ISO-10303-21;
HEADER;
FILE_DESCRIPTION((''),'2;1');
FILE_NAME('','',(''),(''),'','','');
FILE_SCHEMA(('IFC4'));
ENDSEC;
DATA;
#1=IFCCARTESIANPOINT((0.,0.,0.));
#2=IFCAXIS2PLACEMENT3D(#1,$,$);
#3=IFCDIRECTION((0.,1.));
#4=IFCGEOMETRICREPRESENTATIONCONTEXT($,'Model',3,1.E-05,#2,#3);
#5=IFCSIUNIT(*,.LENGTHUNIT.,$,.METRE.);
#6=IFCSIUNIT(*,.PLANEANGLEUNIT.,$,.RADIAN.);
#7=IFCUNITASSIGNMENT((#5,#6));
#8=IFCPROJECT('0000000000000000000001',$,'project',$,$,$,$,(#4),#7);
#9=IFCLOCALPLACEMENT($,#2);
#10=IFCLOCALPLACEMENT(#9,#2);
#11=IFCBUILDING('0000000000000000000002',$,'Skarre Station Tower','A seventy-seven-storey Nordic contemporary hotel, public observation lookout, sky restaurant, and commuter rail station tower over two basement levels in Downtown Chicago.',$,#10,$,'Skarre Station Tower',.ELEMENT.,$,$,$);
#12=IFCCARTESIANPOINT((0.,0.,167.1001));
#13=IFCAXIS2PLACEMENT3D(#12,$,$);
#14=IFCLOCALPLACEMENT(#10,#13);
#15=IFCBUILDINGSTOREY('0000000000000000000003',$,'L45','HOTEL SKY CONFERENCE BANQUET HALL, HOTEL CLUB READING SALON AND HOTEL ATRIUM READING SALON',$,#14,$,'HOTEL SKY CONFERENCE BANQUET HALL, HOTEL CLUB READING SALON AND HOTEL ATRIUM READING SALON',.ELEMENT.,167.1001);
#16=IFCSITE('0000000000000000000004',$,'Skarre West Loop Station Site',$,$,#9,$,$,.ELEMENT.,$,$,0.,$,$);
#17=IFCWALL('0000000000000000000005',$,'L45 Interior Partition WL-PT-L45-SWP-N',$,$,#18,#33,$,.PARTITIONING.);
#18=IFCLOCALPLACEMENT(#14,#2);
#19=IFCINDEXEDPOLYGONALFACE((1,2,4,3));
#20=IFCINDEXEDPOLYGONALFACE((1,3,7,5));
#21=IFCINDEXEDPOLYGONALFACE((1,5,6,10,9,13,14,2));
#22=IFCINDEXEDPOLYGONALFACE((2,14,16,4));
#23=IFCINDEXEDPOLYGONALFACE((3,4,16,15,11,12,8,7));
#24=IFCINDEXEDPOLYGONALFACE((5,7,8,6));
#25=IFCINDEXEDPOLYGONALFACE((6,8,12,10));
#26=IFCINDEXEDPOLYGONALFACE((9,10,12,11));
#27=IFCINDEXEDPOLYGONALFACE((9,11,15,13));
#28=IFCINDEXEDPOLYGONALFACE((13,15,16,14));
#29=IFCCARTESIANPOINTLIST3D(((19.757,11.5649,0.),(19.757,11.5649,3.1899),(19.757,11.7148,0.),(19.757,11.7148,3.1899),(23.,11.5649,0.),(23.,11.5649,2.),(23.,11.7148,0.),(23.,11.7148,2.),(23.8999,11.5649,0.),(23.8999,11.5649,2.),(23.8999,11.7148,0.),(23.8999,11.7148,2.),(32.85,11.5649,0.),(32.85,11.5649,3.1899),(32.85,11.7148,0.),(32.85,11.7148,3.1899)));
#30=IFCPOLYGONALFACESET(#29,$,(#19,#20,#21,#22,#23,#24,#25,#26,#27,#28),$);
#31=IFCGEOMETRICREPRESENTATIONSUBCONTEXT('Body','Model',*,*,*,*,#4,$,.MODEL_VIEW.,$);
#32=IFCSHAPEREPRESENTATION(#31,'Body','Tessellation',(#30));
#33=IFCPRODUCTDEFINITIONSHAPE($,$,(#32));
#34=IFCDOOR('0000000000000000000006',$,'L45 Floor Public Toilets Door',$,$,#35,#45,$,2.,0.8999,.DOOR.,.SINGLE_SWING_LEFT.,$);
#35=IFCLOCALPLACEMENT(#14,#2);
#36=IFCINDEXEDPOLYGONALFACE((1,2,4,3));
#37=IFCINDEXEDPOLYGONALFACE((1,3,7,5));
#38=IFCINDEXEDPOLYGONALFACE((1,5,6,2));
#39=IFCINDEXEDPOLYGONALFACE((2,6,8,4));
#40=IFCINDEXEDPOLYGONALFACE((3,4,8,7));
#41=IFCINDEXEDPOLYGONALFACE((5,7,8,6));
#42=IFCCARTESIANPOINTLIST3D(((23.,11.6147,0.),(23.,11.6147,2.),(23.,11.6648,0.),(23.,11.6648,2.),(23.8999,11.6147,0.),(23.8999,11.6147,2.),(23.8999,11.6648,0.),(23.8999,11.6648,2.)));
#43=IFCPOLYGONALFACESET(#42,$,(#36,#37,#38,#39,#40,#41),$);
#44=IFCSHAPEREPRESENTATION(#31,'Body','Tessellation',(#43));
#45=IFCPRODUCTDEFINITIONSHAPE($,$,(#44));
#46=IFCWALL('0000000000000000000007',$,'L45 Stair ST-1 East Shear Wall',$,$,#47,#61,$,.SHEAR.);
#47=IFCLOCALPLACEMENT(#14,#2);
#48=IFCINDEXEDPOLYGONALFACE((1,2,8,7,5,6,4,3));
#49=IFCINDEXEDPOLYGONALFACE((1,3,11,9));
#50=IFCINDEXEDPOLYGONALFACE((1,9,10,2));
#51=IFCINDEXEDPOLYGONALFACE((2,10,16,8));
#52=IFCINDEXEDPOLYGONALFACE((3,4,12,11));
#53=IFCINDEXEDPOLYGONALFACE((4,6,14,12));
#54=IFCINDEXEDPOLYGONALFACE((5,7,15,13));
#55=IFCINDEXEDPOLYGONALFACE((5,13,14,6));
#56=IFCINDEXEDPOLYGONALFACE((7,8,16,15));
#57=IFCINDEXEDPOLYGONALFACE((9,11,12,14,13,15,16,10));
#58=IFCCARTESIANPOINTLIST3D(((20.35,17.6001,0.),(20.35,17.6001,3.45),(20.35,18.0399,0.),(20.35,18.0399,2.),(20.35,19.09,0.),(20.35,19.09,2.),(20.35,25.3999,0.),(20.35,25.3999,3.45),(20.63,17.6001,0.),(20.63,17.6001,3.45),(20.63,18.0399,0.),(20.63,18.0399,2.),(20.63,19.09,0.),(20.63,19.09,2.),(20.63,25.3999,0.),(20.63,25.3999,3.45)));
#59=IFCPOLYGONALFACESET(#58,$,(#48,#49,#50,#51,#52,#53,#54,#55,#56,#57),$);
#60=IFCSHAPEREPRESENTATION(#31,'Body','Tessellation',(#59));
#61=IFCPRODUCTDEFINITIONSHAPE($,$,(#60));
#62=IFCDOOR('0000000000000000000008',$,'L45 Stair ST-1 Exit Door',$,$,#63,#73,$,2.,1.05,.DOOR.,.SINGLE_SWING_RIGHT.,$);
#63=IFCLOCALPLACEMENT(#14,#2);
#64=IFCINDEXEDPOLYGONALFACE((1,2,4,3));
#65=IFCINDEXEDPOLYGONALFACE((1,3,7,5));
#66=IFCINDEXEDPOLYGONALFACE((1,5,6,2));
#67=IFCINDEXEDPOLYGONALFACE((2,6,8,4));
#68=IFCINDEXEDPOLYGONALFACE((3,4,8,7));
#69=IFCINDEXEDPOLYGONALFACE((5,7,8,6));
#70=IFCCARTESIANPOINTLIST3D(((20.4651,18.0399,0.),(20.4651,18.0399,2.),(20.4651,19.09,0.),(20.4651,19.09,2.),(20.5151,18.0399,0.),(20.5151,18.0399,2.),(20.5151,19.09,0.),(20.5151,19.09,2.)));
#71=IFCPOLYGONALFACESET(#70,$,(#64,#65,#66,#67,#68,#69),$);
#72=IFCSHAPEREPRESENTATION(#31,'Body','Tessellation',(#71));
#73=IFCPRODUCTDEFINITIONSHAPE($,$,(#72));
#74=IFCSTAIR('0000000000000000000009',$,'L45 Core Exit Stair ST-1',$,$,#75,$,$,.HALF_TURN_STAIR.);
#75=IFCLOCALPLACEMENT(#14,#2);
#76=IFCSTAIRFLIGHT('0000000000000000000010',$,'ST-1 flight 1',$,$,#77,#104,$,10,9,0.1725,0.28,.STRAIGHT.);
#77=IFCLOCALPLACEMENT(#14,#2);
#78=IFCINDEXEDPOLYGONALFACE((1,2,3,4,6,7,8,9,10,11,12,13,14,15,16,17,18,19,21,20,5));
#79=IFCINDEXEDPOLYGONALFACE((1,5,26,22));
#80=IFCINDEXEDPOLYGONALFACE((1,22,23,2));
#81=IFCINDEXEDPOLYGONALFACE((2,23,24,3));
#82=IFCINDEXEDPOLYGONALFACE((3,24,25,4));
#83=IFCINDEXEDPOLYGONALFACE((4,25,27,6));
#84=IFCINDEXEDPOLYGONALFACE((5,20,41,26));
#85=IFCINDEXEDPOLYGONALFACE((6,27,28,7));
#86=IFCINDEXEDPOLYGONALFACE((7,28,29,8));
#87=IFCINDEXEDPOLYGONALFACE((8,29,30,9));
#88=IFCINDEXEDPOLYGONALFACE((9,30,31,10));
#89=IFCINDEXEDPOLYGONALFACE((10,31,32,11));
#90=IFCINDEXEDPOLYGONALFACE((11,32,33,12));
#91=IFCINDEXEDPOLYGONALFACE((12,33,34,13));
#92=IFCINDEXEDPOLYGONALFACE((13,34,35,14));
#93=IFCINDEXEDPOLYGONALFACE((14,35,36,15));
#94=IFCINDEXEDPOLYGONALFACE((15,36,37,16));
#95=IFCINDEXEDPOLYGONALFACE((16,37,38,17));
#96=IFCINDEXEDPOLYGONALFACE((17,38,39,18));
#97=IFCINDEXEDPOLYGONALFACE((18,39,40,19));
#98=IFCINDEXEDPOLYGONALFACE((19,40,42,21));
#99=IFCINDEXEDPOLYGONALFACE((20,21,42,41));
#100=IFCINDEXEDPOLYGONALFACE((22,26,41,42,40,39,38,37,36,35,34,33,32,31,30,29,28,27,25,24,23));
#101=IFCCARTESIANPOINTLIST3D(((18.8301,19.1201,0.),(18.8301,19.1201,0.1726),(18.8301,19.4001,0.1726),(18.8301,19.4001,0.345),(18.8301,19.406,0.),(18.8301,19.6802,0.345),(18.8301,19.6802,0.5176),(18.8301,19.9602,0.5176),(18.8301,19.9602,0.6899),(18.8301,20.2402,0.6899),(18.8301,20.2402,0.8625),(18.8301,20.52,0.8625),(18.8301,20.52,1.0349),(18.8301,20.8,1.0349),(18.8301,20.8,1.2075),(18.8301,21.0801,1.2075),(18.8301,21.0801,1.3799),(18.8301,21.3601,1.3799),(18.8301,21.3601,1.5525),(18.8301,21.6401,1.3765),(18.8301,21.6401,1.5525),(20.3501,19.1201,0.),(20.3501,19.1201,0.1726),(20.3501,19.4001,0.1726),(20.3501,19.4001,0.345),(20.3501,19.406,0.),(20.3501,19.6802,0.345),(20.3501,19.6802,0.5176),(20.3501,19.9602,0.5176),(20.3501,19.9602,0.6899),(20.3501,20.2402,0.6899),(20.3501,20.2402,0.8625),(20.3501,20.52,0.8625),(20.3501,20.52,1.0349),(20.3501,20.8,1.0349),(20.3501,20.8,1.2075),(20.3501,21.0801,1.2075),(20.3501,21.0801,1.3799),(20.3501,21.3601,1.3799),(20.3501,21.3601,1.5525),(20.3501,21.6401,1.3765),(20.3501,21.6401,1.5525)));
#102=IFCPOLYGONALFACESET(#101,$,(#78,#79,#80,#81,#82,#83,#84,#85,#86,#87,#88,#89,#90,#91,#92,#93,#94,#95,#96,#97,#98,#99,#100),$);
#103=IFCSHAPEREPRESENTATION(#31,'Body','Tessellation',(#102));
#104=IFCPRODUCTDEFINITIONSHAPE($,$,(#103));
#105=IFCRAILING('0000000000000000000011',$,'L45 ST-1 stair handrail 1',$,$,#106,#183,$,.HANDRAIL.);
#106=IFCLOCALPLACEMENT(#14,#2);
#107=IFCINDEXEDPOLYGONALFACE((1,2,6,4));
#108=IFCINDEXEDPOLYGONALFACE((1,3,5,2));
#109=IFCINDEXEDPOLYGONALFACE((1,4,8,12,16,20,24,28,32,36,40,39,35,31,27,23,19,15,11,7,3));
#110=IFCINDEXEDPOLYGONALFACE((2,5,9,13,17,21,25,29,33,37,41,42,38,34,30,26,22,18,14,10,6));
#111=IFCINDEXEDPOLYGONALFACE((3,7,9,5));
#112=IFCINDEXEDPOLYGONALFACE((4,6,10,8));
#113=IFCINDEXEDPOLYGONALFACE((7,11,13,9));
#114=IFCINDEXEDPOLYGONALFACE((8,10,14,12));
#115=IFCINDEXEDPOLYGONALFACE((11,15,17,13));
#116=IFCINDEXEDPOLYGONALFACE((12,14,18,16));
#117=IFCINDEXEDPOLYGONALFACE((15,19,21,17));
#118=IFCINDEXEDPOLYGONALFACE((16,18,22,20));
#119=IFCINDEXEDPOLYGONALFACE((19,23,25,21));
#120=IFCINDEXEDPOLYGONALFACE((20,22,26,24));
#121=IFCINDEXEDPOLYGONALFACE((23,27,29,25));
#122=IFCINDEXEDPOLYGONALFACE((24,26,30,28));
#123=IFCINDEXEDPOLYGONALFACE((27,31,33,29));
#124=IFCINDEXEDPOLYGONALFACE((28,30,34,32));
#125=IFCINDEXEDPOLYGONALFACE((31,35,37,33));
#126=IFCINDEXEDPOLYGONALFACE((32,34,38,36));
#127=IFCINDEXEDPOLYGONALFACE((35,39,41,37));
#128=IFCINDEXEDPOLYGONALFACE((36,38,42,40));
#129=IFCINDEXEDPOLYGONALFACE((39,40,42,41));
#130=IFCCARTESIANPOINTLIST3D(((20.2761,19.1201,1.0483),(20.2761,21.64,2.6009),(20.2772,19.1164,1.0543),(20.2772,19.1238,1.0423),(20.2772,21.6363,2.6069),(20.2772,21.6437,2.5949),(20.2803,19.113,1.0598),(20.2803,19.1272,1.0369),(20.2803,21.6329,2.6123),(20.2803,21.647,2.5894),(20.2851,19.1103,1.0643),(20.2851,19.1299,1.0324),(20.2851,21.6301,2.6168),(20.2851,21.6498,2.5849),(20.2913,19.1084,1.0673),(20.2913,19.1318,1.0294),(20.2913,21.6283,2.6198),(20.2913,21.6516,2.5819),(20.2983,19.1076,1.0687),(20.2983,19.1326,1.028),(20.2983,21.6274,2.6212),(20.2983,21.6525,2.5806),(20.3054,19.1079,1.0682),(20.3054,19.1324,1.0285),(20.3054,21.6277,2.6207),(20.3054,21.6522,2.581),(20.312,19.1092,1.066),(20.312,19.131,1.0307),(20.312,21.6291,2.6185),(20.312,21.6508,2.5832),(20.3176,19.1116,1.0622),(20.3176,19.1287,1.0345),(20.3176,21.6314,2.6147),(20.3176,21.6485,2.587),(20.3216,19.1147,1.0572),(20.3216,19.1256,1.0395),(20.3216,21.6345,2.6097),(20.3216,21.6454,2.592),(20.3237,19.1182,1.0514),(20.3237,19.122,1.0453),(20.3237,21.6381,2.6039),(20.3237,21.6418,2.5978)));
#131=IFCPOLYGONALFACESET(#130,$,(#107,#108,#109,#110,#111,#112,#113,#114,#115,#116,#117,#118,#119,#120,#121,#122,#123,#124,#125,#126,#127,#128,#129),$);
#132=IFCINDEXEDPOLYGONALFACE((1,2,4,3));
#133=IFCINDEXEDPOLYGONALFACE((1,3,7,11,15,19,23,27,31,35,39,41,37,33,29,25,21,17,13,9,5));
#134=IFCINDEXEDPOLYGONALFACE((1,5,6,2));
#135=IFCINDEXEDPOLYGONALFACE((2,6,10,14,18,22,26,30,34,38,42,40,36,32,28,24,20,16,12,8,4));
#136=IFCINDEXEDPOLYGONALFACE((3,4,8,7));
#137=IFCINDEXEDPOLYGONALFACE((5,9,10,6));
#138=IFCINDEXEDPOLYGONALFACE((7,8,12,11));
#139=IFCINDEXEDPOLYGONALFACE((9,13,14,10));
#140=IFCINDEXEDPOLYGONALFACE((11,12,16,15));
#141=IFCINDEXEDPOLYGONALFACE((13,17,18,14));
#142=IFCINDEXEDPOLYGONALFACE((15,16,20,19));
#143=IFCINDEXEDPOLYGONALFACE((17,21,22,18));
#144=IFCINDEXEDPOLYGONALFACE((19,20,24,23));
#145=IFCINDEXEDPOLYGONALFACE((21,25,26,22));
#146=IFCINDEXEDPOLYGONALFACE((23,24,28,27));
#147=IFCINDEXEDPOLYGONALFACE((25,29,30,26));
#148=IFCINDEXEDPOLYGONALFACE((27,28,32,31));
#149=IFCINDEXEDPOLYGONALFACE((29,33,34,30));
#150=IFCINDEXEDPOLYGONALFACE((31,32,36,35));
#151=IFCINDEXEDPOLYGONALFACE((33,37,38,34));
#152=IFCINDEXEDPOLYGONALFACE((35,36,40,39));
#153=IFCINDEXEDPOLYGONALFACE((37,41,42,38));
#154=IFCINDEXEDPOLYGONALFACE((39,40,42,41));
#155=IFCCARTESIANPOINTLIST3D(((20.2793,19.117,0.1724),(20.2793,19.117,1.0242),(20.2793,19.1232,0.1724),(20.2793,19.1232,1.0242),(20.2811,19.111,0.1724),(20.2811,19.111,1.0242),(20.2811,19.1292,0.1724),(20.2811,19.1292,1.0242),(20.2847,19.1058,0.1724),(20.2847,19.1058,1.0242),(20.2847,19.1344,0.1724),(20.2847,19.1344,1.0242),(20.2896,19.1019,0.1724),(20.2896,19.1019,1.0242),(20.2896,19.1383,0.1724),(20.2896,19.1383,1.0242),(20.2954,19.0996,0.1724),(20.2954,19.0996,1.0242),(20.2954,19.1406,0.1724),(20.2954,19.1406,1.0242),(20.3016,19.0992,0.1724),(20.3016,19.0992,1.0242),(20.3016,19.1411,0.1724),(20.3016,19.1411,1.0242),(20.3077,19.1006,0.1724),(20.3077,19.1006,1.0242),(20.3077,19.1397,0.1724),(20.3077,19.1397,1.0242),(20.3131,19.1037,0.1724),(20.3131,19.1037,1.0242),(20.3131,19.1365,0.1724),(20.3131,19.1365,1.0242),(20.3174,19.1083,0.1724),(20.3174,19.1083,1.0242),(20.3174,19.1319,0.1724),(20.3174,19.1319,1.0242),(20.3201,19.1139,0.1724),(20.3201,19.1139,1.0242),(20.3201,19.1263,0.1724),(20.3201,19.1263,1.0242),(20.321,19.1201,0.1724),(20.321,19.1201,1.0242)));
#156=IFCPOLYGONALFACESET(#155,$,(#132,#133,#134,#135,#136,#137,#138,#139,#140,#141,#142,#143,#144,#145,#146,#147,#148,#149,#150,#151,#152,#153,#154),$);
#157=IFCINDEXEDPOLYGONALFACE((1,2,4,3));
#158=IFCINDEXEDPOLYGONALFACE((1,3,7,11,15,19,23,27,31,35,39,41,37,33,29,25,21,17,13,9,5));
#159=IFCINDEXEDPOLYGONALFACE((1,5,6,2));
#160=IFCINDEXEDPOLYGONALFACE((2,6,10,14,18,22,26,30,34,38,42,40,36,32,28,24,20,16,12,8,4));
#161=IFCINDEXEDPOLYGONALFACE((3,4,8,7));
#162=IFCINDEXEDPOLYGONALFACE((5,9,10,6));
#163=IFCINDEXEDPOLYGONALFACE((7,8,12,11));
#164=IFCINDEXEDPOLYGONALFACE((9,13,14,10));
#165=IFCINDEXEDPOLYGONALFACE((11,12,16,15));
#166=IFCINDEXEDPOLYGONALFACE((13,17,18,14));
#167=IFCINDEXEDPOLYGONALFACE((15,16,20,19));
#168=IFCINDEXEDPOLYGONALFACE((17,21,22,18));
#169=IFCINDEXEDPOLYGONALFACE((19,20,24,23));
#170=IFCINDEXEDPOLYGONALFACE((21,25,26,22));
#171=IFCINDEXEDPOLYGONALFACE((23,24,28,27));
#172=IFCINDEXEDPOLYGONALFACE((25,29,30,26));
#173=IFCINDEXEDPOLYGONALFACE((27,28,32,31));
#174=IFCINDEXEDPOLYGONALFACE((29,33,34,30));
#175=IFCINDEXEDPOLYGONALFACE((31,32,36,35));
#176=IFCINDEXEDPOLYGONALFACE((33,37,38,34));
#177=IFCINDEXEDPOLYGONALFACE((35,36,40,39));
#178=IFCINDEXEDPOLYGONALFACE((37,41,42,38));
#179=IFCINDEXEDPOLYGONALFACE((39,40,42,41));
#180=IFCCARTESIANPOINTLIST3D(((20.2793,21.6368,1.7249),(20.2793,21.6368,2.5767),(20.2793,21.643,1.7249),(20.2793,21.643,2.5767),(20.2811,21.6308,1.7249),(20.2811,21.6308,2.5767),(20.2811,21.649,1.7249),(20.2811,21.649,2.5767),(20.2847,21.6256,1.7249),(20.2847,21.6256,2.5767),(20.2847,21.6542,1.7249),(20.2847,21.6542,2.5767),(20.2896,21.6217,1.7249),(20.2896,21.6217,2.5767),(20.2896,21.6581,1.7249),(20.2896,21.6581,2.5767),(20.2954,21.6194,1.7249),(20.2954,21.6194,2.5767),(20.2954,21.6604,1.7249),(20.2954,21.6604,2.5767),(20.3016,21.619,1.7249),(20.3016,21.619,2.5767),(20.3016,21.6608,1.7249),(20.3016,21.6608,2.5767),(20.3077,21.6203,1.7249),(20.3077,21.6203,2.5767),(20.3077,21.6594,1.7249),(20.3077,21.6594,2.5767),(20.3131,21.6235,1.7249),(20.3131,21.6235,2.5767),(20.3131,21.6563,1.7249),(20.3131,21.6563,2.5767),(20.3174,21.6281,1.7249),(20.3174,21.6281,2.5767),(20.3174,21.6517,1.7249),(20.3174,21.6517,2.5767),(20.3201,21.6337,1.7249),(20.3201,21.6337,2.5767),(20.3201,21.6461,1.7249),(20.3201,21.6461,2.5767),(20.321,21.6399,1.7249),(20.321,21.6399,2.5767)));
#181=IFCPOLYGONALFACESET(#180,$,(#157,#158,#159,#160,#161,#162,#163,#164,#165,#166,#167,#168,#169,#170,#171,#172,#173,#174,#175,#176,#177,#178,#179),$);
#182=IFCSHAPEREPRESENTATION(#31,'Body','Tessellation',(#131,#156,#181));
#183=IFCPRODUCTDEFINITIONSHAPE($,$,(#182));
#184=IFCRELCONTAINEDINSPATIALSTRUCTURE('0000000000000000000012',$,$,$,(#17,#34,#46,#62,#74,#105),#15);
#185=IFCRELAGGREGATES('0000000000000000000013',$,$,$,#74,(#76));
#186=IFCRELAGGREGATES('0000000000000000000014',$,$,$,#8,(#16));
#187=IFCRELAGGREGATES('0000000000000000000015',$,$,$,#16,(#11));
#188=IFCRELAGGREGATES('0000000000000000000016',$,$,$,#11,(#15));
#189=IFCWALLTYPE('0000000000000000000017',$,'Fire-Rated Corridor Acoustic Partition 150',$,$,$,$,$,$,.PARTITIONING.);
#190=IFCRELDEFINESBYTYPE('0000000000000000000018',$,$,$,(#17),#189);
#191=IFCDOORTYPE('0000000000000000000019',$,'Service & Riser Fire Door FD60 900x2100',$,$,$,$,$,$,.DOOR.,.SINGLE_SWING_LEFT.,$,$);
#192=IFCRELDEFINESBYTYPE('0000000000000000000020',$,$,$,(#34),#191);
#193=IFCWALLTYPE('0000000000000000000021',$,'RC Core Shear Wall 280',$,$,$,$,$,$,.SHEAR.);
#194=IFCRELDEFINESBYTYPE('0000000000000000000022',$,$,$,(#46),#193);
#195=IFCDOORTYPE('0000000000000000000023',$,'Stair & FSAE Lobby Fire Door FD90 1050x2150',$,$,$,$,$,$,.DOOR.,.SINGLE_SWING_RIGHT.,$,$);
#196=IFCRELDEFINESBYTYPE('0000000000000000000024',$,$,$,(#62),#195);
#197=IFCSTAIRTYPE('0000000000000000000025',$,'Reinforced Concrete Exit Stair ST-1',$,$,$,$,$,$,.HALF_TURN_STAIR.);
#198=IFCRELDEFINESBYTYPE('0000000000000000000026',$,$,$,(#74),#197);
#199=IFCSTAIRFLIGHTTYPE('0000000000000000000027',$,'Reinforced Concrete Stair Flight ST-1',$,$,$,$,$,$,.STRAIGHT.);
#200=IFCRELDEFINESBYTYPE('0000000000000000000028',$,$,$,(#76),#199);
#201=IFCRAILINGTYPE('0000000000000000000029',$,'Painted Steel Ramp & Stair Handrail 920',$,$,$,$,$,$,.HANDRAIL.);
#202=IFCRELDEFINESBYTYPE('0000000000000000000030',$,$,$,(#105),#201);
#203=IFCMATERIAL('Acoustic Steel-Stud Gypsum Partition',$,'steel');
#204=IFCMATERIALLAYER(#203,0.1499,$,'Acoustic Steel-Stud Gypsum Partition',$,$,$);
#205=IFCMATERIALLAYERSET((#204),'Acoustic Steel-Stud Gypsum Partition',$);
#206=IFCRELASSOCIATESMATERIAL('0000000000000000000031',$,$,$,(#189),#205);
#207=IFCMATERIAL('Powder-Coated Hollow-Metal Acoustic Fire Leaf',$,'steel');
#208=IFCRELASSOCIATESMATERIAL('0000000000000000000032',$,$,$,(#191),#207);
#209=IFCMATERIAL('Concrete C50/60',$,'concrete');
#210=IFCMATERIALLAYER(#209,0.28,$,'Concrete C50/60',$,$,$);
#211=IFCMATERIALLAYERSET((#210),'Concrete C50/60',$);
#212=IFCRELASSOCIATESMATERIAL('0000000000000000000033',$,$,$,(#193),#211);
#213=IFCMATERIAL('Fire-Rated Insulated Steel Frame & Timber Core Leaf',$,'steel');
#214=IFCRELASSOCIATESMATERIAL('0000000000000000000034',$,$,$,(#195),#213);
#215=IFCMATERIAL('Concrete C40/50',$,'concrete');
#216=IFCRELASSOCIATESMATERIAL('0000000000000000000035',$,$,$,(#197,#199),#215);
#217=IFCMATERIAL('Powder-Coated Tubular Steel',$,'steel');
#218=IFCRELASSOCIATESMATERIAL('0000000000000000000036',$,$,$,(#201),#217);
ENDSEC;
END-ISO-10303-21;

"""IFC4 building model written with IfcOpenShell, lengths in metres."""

from ifc_helpers import new_model, si_unit, direction, frame, frame_2d, origin, origin_2d, place, context, subcontext, project, spatial, polyline, rectangle, circle, outline, extrude, material, layer, layer_set, type_object, element, fill, aggregate, save


model = new_model("IFC4")

# Units and contexts
model_context = context("Model", 3, precision=1e-05, world=origin(), true_north=direction((0.0, 1.0)))
body_context = subcontext(model_context, "Body", "Model", "MODEL_VIEW")
ifc_project = project(units=[si_unit("LENGTHUNIT", "METRE"), si_unit("PLANEANGLEUNIT", "RADIAN")], contexts=[model_context])

# Site, building, storey
site_placement = place(None, origin())
site = spatial("IfcSite", under=ifc_project, at=site_placement, Name="Skarre West Loop Station Site", CompositionType="ELEMENT", RefElevation=0.0)
building_placement = place(site_placement, origin())
building = spatial("IfcBuilding", under=site, at=building_placement, Name="Skarre Station Tower", Description="A seventy-seven-storey Nordic contemporary hotel, public observation lookout, sky restaurant, and commuter rail station tower over two basement levels in Downtown Chicago.", LongName="Skarre Station Tower", CompositionType="ELEMENT")
storey_placement = place(building_placement, frame((0.0, 0.0, 167.1001)))
storey = spatial("IfcBuildingStorey", under=building, at=storey_placement, Name="L45", Description="HOTEL SKY CONFERENCE BANQUET HALL, HOTEL CLUB READING SALON AND HOTEL ATRIUM READING SALON", LongName="HOTEL SKY CONFERENCE BANQUET HALL, HOTEL CLUB READING SALON AND HOTEL ATRIUM READING SALON", CompositionType="ELEMENT", Elevation=167.1001)

# Shared definitions
ifc_material_1 = material(Name="Acoustic Steel-Stud Gypsum Partition", Category="steel")
ifc_layer_1 = layer(ifc_material_1, 0.1499, Name="Acoustic Steel-Stud Gypsum Partition")
ifc_layer_set_1 = layer_set([ifc_layer_1], Name="Acoustic Steel-Stud Gypsum Partition")
wall_type_1 = type_object("IfcWallType", Name="Fire-Rated Corridor Acoustic Partition 150", PredefinedType="PARTITIONING", material=ifc_layer_set_1)

# Shared definitions
ifc_material_2 = material(Name="Powder-Coated Hollow-Metal Acoustic Fire Leaf", Category="steel")

# Walls, openings, doors
wall_1_placement = place(storey_placement, frame((19.7571, 11.6399, 0.0), z_axis=(0.0, 0.0, 1.0), x_axis=(1.0, 0.0, 0.0)))
wall_1 = element("IfcWall", 1, at=wall_1_placement, inside=storey, type_object=wall_type_1, Name="L45 Interior Partition WL-PT-L45-SWP-N", PredefinedType="PARTITIONING", context=body_context, shape_type="SweptSolid", body=[
    extrude(rectangle(XDim=13.093, YDim=0.1499, at=frame_2d((6.5464, 0.0))), origin(), (0.0, 0.0, 1.0), 3.1899),
])
opening_1_placement = place(wall_1_placement, frame((3.2429, 0.0, 0.0)))
opening_1 = element("IfcOpeningElement", 2, at=opening_1_placement, cuts=wall_1, PredefinedType="OPENING", context=body_context, shape_type="SweptSolid", body=[
    extrude(rectangle(XDim=0.8999, YDim=2.0, at=frame_2d((0.45, 1.0))), frame((0.0, 0.085, 0.0), z_axis=(0.0, -1.0, 0.0), x_axis=(1.0, 0.0, 0.0)), (0.0, 0.0, 1.0), 0.1699),
])
door_type_1 = type_object("IfcDoorType", Name="Service & Riser Fire Door FD60 900x2100", OperationType="SINGLE_SWING_LEFT", PredefinedType="DOOR", material=ifc_material_2)
door_1_placement = place(opening_1_placement, origin())
door_1 = element("IfcDoor", 3, at=door_1_placement, inside=storey, type_object=door_type_1, Name="L45 Floor Public Toilets Door", OperationType="SINGLE_SWING_LEFT", OverallHeight=2.0, OverallWidth=0.8999, PredefinedType="DOOR", context=body_context, shape_type="SweptSolid", body=[
    extrude(rectangle(XDim=0.8999, YDim=2.0, at=frame_2d((0.45, 1.0))), frame((0.0, 0.0249, 0.0), z_axis=(0.0, -1.0, 0.0), x_axis=(1.0, 0.0, 0.0)), (0.0, 0.0, 1.0), 0.05),
])
fill(opening_1, door_1)
ifc_material_3 = material(Name="Concrete C50/60", Category="concrete")
ifc_layer_2 = layer(ifc_material_3, 0.28, Name="Concrete C50/60")
ifc_layer_set_2 = layer_set([ifc_layer_2], Name="Concrete C50/60")
wall_type_2 = type_object("IfcWallType", Name="RC Core Shear Wall 280", PredefinedType="SHEAR", material=ifc_layer_set_2)
wall_2_placement = place(storey_placement, frame((20.49, 17.6001, 0.0), z_axis=(0.0, 0.0, 1.0), x_axis=(0.0, 1.0, 0.0)))
wall_2 = element("IfcWall", 4, at=wall_2_placement, inside=storey, type_object=wall_type_2, Name="L45 Stair ST-1 East Shear Wall", PredefinedType="SHEAR", context=body_context, shape_type="SweptSolid", body=[
    extrude(rectangle(XDim=7.7998, YDim=0.28, at=frame_2d((3.8999, 0.0))), origin(), (0.0, 0.0, 1.0), 3.45),
])
opening_2_placement = place(wall_2_placement, frame((0.4399, 0.0, 0.0)))
opening_2 = element("IfcOpeningElement", 5, at=opening_2_placement, cuts=wall_2, PredefinedType="OPENING", context=body_context, shape_type="SweptSolid", body=[
    extrude(rectangle(XDim=1.05, YDim=2.0, at=frame_2d((0.5249, 1.0))), frame((0.0, 0.1499, 0.0), z_axis=(0.0, -1.0, 0.0), x_axis=(1.0, 0.0, 0.0)), (0.0, 0.0, 1.0), 0.3),
])
ifc_material_4 = material(Name="Fire-Rated Insulated Steel Frame & Timber Core Leaf", Category="steel")
door_type_2 = type_object("IfcDoorType", Name="Stair & FSAE Lobby Fire Door FD90 1050x2150", OperationType="SINGLE_SWING_RIGHT", PredefinedType="DOOR", material=ifc_material_4)
door_2_placement = place(opening_2_placement, origin())
door_2 = element("IfcDoor", 6, at=door_2_placement, inside=storey, type_object=door_type_2, Name="L45 Stair ST-1 Exit Door", OperationType="SINGLE_SWING_RIGHT", OverallHeight=2.0, OverallWidth=1.05, PredefinedType="DOOR", context=body_context, shape_type="SweptSolid", body=[
    extrude(rectangle(XDim=1.05, YDim=2.0, at=frame_2d((0.5249, 1.0))), frame((0.0, 0.0249, 0.0), z_axis=(0.0, -1.0, 0.0), x_axis=(1.0, 0.0, 0.0)), (0.0, 0.0, 1.0), 0.05),
])
fill(opening_2, door_2)

# Stair, stair flight
ifc_material_5 = material(Name="Concrete C40/50", Category="concrete")
stair_type = type_object("IfcStairType", Name="Reinforced Concrete Exit Stair ST-1", PredefinedType="HALF_TURN_STAIR", material=ifc_material_5)
stair_placement = place(storey_placement, origin())
stair = element("IfcStair", 7, at=stair_placement, inside=storey, type_object=stair_type, Name="L45 Core Exit Stair ST-1", PredefinedType="HALF_TURN_STAIR")
stair_flight_type = type_object("IfcStairFlightType", Name="Reinforced Concrete Stair Flight ST-1", PredefinedType="STRAIGHT", material=ifc_material_5)
stair_flight_placement = place(storey_placement, frame((19.5901, 19.1201, 0.0), z_axis=(0.0, 0.0, 1.0), x_axis=(0.0, 1.0, 0.0)))
stair_flight = element("IfcStairFlight", 8, at=stair_flight_placement, type_object=stair_flight_type, Name="ST-1 flight 1", NumberOfRisers=10, NumberOfTreads=9, PredefinedType="STRAIGHT", RiserHeight=0.1725, TreadLength=0.28, context=body_context, shape_type="SweptSolid", body=[
    extrude(outline(polyline([(0.0, 0.0), (0.0, 0.1726), (0.28, 0.1726), (0.28, 0.345), (0.5601, 0.345), (0.5601, 0.5176), (0.8401, 0.5176), (0.8401, 0.6899), (1.1201, 0.6899), (1.1201, 0.8625), (1.3999, 0.8625), (1.3999, 1.0349), (1.6799, 1.0349), (1.6799, 1.2075), (1.96, 1.2075), (1.96, 1.3799), (2.24, 1.3799), (2.24, 1.5525), (2.52, 1.5525), (2.52, 1.7251), (2.52, 1.3765), (0.2859, 0.0), (0.0, 0.0)])), frame((0.0, 0.76, 0.0), z_axis=(0.0, -1.0, 0.0), x_axis=(1.0, 0.0, 0.0)), (0.0, 0.0, 1.0), 1.52),
])
aggregate(stair, [stair_flight])

# Railing
ifc_material_6 = material(Name="Powder-Coated Tubular Steel", Category="steel")
railing_type_1 = type_object("IfcRailingType", Name="Painted Steel Ramp & Stair Handrail 920", PredefinedType="HANDRAIL", material=ifc_material_6)
railing_1_placement = place(storey_placement, frame((20.3, 19.1201, 0.1724)))
element("IfcRailing", 9, at=railing_1_placement, inside=storey, type_object=railing_type_1, Name="L45 ST-1 stair handrail 1", PredefinedType="HANDRAIL", context=body_context, shape_type="SweptSolid", body=[
    extrude(circle(Radius=0.0239, at=origin_2d()), frame((0.0, 0.0, 0.876), z_axis=(0.0, 0.851378, 0.524553), x_axis=(-1.0, 0.0, 0.0)), (0.0, 0.0, 1.0), 2.9597),
    extrude(circle(Radius=0.021, at=origin_2d()), origin(), (0.0, 0.0, 1.0), 0.8518),
    extrude(circle(Radius=0.021, at=origin_2d()), frame((0.0, 2.5198, 1.5525)), (0.0, 0.0, 1.0), 0.8518),
])

save(model, "model.ifc")
